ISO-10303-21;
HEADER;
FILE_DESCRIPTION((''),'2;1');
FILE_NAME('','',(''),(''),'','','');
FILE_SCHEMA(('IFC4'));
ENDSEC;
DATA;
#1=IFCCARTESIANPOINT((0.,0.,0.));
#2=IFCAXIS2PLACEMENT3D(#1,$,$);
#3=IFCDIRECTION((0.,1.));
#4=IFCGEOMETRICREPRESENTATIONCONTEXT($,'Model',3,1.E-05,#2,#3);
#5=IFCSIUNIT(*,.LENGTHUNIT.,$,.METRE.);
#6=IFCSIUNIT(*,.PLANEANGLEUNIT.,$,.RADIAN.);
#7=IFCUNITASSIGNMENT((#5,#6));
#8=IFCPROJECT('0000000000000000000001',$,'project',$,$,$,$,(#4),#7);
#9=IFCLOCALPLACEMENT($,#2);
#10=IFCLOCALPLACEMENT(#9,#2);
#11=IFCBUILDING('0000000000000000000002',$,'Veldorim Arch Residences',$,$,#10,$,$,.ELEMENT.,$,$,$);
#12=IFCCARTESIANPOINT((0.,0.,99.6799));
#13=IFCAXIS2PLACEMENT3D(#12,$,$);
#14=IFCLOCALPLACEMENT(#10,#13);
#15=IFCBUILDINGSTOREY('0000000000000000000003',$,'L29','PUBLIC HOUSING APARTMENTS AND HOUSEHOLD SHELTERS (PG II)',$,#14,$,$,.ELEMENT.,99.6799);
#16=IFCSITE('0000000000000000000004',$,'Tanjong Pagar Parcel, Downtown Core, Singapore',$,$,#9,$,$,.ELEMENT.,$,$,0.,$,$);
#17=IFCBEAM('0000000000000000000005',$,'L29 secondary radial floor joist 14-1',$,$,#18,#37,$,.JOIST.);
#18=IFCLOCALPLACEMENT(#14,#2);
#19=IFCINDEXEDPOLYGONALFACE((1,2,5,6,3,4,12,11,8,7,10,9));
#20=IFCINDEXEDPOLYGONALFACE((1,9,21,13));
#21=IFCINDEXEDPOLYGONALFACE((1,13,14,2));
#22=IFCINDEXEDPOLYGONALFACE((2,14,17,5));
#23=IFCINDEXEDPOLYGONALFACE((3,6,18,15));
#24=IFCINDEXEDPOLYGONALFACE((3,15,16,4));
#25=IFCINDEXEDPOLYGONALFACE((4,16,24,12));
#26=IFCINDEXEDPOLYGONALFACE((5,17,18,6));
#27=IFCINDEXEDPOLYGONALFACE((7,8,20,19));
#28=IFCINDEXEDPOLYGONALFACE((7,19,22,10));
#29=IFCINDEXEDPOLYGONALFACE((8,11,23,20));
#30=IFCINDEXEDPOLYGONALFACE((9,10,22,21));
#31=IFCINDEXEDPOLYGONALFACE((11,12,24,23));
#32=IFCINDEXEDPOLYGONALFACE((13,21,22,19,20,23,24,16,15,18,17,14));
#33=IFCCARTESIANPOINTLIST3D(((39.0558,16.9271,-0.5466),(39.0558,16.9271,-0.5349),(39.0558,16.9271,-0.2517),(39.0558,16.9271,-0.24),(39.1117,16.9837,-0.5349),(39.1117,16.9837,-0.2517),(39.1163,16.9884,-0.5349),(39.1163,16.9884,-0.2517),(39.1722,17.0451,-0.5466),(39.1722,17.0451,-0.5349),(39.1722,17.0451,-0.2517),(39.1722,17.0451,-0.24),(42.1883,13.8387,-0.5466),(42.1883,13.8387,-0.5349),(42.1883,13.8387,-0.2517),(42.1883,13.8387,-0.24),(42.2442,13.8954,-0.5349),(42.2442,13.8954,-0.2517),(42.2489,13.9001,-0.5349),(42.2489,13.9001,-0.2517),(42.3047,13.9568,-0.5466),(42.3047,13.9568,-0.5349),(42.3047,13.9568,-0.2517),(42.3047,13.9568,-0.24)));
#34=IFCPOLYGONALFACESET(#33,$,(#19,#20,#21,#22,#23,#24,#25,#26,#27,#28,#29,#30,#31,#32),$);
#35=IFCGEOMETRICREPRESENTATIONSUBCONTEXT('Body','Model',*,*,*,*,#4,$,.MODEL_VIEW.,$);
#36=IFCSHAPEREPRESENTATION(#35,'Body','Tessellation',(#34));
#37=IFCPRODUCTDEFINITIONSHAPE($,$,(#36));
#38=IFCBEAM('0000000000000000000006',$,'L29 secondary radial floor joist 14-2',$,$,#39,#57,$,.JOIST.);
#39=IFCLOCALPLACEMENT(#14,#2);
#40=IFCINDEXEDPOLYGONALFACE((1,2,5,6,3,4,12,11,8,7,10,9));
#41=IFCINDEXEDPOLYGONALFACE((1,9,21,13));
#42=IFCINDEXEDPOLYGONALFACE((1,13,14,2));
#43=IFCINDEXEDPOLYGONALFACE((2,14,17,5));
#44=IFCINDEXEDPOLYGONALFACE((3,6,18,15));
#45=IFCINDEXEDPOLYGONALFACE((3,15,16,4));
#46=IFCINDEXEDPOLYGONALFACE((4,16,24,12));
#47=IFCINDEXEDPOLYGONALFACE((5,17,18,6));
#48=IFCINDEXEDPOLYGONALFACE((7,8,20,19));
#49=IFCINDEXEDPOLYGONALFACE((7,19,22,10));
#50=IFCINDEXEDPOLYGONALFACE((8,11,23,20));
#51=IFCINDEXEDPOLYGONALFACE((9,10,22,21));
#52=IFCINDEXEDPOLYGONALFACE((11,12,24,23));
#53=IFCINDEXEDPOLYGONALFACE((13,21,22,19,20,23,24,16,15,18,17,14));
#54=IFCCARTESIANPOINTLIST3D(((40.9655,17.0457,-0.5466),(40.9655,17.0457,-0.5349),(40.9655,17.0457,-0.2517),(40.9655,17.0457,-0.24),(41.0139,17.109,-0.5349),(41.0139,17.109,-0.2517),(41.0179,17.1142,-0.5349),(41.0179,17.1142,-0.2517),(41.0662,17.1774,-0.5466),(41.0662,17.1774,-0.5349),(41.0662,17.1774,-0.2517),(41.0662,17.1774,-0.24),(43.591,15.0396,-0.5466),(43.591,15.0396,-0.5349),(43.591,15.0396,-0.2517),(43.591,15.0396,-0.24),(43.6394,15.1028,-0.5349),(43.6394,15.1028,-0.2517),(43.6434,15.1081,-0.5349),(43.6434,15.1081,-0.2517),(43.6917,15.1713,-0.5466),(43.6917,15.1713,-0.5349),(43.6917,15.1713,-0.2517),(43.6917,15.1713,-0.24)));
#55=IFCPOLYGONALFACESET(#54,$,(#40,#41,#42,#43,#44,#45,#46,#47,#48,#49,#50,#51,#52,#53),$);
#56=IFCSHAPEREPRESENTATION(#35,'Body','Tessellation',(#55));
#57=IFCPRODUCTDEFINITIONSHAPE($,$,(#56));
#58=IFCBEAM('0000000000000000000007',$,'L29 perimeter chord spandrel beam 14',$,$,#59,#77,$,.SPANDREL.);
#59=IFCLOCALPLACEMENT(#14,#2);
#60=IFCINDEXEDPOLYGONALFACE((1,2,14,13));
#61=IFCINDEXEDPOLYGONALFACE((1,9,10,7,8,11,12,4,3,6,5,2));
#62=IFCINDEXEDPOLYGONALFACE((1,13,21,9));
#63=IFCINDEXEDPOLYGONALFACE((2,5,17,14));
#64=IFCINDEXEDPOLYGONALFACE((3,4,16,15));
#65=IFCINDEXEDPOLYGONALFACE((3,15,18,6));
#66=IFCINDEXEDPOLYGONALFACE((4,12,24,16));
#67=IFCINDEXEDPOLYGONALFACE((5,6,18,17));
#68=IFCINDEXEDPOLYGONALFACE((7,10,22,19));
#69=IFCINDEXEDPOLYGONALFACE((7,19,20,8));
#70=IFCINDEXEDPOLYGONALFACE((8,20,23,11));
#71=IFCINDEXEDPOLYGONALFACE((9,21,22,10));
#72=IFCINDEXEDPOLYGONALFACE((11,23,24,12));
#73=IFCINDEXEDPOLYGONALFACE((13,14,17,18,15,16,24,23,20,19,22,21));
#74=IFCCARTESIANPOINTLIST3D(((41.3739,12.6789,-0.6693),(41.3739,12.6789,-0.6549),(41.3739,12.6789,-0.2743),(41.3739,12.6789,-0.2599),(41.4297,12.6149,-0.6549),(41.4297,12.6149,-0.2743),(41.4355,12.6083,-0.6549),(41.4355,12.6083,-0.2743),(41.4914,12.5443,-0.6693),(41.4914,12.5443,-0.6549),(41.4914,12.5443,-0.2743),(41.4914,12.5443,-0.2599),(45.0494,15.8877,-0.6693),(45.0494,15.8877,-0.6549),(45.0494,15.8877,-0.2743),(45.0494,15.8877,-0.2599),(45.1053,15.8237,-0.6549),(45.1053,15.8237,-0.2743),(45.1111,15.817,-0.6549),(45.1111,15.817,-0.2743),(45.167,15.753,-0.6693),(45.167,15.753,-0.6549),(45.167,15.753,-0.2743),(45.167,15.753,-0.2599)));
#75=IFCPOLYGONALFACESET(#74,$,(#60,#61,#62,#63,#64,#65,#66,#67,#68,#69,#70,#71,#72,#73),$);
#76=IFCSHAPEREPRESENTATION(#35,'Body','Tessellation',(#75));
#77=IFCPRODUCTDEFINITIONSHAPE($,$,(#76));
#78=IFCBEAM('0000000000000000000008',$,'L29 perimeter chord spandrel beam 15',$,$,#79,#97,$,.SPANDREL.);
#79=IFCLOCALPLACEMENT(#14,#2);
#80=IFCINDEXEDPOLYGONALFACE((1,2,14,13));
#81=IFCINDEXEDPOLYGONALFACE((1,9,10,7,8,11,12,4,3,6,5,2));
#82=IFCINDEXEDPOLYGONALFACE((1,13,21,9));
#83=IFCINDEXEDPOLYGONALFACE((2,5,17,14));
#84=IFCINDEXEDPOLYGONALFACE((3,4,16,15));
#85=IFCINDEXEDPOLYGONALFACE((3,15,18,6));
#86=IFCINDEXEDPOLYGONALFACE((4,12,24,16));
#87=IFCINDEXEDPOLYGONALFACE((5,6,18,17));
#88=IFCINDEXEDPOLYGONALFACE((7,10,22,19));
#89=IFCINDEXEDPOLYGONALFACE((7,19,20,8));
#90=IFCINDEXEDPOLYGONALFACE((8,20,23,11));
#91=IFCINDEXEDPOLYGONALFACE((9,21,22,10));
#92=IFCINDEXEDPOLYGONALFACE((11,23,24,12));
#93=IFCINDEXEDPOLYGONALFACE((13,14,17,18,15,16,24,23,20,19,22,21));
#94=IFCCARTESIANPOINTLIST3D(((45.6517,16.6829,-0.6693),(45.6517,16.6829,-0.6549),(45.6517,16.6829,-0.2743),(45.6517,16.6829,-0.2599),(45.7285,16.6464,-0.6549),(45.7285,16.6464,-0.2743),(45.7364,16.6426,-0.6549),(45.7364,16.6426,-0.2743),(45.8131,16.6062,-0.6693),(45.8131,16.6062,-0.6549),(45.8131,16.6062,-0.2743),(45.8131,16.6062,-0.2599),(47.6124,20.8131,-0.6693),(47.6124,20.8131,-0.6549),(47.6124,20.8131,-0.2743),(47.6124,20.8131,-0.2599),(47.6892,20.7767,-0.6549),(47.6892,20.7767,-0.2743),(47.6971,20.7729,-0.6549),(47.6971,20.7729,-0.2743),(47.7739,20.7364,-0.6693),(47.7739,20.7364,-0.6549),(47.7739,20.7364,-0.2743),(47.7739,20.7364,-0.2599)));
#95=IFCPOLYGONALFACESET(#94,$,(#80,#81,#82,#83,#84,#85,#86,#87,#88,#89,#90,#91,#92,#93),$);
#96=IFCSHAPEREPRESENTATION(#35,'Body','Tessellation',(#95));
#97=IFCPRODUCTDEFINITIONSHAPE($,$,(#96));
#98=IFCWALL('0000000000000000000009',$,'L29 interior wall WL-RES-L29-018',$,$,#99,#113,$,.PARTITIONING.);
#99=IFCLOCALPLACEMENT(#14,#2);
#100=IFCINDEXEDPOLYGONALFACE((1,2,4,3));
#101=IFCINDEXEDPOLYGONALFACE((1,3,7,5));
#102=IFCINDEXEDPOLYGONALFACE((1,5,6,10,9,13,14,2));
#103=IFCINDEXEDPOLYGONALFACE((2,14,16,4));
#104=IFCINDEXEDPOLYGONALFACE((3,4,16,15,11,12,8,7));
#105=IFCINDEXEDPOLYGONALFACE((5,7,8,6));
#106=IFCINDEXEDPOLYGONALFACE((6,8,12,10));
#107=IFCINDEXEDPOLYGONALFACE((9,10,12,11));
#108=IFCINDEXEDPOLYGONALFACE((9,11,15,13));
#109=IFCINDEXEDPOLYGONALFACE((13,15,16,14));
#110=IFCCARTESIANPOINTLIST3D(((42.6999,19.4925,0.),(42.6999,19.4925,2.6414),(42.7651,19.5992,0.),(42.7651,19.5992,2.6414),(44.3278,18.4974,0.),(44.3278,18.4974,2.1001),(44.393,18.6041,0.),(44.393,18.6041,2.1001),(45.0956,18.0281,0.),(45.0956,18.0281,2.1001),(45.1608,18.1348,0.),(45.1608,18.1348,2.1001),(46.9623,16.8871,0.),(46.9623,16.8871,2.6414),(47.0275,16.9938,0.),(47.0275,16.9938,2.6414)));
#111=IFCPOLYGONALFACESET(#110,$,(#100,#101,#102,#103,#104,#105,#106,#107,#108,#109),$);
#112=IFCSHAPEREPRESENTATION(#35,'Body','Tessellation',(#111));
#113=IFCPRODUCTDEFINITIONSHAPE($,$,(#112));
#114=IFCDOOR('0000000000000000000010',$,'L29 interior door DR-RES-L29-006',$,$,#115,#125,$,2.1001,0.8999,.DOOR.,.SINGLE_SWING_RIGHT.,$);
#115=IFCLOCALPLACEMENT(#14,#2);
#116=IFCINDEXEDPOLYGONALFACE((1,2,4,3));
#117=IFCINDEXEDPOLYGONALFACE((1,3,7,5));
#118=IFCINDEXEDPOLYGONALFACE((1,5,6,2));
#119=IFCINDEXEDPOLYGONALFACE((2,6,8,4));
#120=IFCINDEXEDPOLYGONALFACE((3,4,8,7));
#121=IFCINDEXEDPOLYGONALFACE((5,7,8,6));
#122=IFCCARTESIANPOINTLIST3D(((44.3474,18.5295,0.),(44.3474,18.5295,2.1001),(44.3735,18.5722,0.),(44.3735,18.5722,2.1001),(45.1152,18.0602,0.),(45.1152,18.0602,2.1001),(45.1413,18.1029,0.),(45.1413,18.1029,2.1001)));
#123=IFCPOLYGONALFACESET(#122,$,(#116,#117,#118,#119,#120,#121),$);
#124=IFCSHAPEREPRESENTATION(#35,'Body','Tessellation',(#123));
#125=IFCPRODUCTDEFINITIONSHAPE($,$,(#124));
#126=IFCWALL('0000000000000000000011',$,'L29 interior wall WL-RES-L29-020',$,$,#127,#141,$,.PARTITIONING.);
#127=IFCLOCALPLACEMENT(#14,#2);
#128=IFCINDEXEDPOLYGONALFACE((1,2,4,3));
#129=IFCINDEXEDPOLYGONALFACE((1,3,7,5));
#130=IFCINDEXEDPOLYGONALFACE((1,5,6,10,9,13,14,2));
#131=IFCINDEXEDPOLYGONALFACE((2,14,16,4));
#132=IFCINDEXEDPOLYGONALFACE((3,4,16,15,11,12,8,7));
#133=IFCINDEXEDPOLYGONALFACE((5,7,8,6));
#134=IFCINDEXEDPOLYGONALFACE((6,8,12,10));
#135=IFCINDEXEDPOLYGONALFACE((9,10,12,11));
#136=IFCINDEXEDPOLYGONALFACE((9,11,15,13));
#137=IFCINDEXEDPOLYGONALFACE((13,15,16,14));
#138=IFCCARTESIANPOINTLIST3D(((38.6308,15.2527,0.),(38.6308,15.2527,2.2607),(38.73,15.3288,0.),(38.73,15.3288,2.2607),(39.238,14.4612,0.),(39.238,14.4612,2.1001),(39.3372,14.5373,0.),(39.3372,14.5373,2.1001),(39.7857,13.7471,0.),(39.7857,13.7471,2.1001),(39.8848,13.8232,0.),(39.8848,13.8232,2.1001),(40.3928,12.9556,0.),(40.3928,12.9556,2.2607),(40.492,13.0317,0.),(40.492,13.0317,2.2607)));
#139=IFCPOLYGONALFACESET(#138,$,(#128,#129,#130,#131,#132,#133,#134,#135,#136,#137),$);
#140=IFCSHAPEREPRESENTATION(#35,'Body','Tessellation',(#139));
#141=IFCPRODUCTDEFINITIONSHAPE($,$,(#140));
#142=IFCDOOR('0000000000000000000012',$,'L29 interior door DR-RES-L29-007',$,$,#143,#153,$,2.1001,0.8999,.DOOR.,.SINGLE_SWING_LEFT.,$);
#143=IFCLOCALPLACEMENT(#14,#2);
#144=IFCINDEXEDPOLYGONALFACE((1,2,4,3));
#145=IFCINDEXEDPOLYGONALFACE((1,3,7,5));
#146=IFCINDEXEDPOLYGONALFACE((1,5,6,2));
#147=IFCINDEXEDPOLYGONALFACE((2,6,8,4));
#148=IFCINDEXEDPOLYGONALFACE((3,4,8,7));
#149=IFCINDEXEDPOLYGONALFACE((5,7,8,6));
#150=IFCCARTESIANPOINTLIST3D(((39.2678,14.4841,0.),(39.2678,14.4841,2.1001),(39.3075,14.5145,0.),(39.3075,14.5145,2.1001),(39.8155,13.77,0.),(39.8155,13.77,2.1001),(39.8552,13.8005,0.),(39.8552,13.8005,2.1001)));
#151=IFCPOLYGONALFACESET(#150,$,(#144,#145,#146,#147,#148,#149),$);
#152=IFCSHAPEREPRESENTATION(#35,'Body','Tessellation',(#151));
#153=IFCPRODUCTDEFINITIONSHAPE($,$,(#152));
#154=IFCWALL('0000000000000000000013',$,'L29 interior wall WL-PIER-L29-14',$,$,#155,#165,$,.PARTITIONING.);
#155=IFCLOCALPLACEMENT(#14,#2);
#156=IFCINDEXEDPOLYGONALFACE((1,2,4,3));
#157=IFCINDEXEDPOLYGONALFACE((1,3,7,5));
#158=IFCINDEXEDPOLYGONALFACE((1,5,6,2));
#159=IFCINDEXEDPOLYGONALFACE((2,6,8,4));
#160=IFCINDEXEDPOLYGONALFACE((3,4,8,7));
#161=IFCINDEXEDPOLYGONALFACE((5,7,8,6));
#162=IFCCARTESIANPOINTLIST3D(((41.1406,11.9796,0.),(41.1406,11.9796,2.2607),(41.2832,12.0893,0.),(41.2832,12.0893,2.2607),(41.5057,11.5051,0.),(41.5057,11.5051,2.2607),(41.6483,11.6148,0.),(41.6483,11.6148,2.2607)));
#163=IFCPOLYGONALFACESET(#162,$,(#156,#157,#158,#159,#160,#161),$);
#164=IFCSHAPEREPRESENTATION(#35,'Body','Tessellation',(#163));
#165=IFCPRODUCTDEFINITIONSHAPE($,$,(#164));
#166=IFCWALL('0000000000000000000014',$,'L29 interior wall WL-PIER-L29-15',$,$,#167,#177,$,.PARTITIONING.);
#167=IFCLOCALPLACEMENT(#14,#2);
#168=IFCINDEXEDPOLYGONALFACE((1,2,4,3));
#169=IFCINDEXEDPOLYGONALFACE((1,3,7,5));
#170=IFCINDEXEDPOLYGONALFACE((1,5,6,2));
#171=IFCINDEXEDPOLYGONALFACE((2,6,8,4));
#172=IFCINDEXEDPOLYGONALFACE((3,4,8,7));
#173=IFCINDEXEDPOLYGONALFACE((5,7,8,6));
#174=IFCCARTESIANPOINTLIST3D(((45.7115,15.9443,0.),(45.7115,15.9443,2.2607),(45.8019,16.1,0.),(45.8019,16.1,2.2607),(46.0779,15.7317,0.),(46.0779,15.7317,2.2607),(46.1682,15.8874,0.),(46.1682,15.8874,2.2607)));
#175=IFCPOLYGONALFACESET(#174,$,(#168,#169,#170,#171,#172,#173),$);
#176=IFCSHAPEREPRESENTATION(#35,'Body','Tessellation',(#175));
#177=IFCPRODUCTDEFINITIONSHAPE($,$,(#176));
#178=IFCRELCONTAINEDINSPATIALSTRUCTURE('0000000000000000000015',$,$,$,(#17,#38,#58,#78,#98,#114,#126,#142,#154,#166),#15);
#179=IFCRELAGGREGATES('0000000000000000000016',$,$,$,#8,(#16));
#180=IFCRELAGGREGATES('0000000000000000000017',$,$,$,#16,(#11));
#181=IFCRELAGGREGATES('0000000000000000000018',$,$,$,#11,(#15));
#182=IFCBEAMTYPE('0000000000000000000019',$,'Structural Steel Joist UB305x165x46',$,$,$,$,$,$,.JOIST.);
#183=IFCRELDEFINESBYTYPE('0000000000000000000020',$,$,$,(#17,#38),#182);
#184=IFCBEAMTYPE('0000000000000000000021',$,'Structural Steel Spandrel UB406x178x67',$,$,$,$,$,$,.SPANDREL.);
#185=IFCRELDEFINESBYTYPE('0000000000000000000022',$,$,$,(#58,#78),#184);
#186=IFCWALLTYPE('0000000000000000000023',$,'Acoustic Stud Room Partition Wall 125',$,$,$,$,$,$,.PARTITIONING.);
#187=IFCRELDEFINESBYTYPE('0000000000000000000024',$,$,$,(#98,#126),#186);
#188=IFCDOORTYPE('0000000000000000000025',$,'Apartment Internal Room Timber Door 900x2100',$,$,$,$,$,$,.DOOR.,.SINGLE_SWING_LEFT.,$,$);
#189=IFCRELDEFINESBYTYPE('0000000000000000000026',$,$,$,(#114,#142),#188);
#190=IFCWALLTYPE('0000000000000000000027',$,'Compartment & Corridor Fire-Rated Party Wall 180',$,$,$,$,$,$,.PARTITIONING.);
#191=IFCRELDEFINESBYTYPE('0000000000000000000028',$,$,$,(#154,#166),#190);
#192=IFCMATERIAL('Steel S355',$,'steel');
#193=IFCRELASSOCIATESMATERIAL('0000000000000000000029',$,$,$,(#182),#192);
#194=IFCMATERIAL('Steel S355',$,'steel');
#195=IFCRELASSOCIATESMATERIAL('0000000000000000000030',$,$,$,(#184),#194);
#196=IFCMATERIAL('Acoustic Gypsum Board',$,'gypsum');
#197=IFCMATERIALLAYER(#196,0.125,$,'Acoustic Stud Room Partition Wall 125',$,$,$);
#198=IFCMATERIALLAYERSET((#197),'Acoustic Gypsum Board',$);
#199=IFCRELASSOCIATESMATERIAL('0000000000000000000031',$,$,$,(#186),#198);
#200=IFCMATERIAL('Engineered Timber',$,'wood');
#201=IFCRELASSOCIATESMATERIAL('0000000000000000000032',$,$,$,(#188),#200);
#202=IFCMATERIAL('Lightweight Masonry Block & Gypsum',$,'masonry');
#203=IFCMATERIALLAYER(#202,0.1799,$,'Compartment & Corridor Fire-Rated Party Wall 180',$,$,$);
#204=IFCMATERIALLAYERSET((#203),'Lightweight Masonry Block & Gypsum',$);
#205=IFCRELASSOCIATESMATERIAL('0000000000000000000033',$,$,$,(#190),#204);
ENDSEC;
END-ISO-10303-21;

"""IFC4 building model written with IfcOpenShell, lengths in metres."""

from ifc_helpers import new_model, si_unit, direction, frame, frame_2d, origin, origin_2d, place, context, subcontext, project, spatial, rectangle, i_section, extrude, material, layer, layer_set, material_profile, profile_set, type_object, element, fill, save


model = new_model("IFC4")

# Units and contexts
model_context = context("Model", 3, precision=1e-05, world=origin(), true_north=direction((0.0, 1.0)))
body_context = subcontext(model_context, "Body", "Model", "MODEL_VIEW")
ifc_project = project(units=[si_unit("LENGTHUNIT", "METRE"), si_unit("PLANEANGLEUNIT", "RADIAN")], contexts=[model_context])

# Site, building, storey
site_placement = place(None, origin())
site = spatial("IfcSite", under=ifc_project, at=site_placement, Name="Tanjong Pagar Parcel, Downtown Core, Singapore", CompositionType="ELEMENT", RefElevation=0.0)
building_placement = place(site_placement, origin())
building = spatial("IfcBuilding", under=site, at=building_placement, Name="Veldorim Arch Residences", CompositionType="ELEMENT")
storey_placement = place(building_placement, frame((0.0, 0.0, 99.6799)))
storey = spatial("IfcBuildingStorey", under=building, at=storey_placement, Name="L29", Description="PUBLIC HOUSING APARTMENTS AND HOUSEHOLD SHELTERS (PG II)", CompositionType="ELEMENT", Elevation=99.6799)

# Beams
ifc_material_1 = material(Name="Steel S355", Category="steel")
ifc_material_profile_1 = material_profile(ifc_material_1, i_section(OverallWidth=0.1658, OverallDepth=0.3066, WebThickness=0.0066, FlangeThickness=0.0117, at=origin_2d()), Name="UB305x165x46")
ifc_profile_set_1 = profile_set([ifc_material_profile_1], Name="Steel S355")
beam_type_1 = type_object("IfcBeamType", Name="Structural Steel Joist UB305x165x46", PredefinedType="JOIST", material=ifc_profile_set_1)
beam_1_placement = place(storey_placement, frame((39.114, 16.9861, -0.3933), z_axis=(0.712112, -0.702066, 0.0), x_axis=(0.702066, 0.712112, 0.0)))
element("IfcBeam", 1, at=beam_1_placement, inside=storey, type_object=beam_type_1, Name="L29 secondary radial floor joist 14-1", PredefinedType="JOIST", context=body_context, shape_type="SweptSolid", body=[
    extrude(i_section(OverallWidth=0.1658, OverallDepth=0.3066, WebThickness=0.0066, FlangeThickness=0.0117, at=origin_2d()), origin(), (0.0, 0.0, 1.0), 4.3989),
])
beam_2_placement = place(storey_placement, frame((41.0159, 17.1116, -0.3933), z_axis=(0.794595, -0.60714, 0.0), x_axis=(0.60714, 0.794595, 0.0)))
element("IfcBeam", 2, at=beam_2_placement, inside=storey, type_object=beam_type_1, Name="L29 secondary radial floor joist 14-2", PredefinedType="JOIST", context=body_context, shape_type="SweptSolid", body=[
    extrude(i_section(OverallWidth=0.1658, OverallDepth=0.3066, WebThickness=0.0066, FlangeThickness=0.0117, at=origin_2d()), origin(), (0.0, 0.0, 1.0), 3.3042),
])
ifc_material_2 = material(Name="Steel S355", Category="steel")
ifc_material_profile_2 = material_profile(ifc_material_2, i_section(OverallWidth=0.1787, OverallDepth=0.4094, WebThickness=0.0088, FlangeThickness=0.0144, at=origin_2d()), Name="UB406x178x67")
ifc_profile_set_2 = profile_set([ifc_material_profile_2], Name="Steel S355")
beam_type_2 = type_object("IfcBeamType", Name="Structural Steel Spandrel UB406x178x67", PredefinedType="SPANDREL", material=ifc_profile_set_2)
beam_3_placement = place(storey_placement, frame((41.4326, 12.6116, -0.4646), z_axis=(0.753323, 0.65765, 0.0), x_axis=(-0.65765, 0.753323, 0.0)))
element("IfcBeam", 3, at=beam_3_placement, inside=storey, type_object=beam_type_2, Name="L29 perimeter chord spandrel beam 14", PredefinedType="SPANDREL", context=body_context, shape_type="SweptSolid", body=[
    extrude(i_section(OverallWidth=0.1787, OverallDepth=0.4094, WebThickness=0.0088, FlangeThickness=0.0144, at=origin_2d()), origin(), (0.0, 0.0, 1.0), 4.8792),
])
beam_4_placement = place(storey_placement, frame((45.7324, 16.6445, -0.4646), z_axis=(0.428857, 0.903372, 0.0), x_axis=(-0.903372, 0.428857, 0.0)))
element("IfcBeam", 4, at=beam_4_placement, inside=storey, type_object=beam_type_2, Name="L29 perimeter chord spandrel beam 15", PredefinedType="SPANDREL", context=body_context, shape_type="SweptSolid", body=[
    extrude(i_section(OverallWidth=0.1787, OverallDepth=0.4094, WebThickness=0.0088, FlangeThickness=0.0144, at=origin_2d()), origin(), (0.0, 0.0, 1.0), 4.572),
])

# Walls, openings, doors
ifc_material_3 = material(Name="Acoustic Gypsum Board", Category="gypsum")
ifc_layer_1 = layer(ifc_material_3, 0.125, Name="Acoustic Stud Room Partition Wall 125")
ifc_layer_set_1 = layer_set([ifc_layer_1], Name="Acoustic Gypsum Board")
wall_type_1 = type_object("IfcWallType", Name="Acoustic Stud Room Partition Wall 125", PredefinedType="PARTITIONING", material=ifc_layer_set_1)
wall_1_placement = place(storey_placement, frame((46.9949, 16.9404, 0.0), z_axis=(0.0, 0.0, 1.0), x_axis=(-0.853225, 0.521543, 0.0)))
wall_1 = element("IfcWall", 5, at=wall_1_placement, inside=storey, type_object=wall_type_1, Name="L29 interior wall WL-RES-L29-018", PredefinedType="PARTITIONING", context=body_context, shape_type="SweptSolid", body=[
    extrude(rectangle(XDim=4.9956, YDim=0.125, at=frame_2d((2.4978, 0.0))), origin(), (0.0, 0.0, 1.0), 2.6414),
])
opening_1_placement = place(wall_1_placement, frame((2.1877, 0.0, 0.0)))
opening_1 = element("IfcOpeningElement", 6, at=opening_1_placement, cuts=wall_1, PredefinedType="OPENING", context=body_context, shape_type="SweptSolid", body=[
    extrude(rectangle(XDim=0.8999, YDim=2.1001, at=frame_2d((0.45, 1.05))), frame((0.0, 0.0725, 0.0), z_axis=(0.0, -1.0, 0.0), x_axis=(1.0, 0.0, 0.0)), (0.0, 0.0, 1.0), 0.145),
])
ifc_material_4 = material(Name="Engineered Timber", Category="wood")
door_type_1 = type_object("IfcDoorType", Name="Apartment Internal Room Timber Door 900x2100", OperationType="SINGLE_SWING_LEFT", PredefinedType="DOOR", material=ifc_material_4)
door_1_placement = place(opening_1_placement, origin())
door_1 = element("IfcDoor", 7, at=door_1_placement, inside=storey, type_object=door_type_1, Name="L29 interior door DR-RES-L29-006", OperationType="SINGLE_SWING_RIGHT", OverallHeight=2.1001, OverallWidth=0.8999, PredefinedType="DOOR", context=body_context, shape_type="SweptSolid", body=[
    extrude(rectangle(XDim=0.8999, YDim=2.1001, at=frame_2d((0.45, 1.05))), frame((0.0, 0.0249, 0.0), z_axis=(0.0, -1.0, 0.0), x_axis=(1.0, 0.0, 0.0)), (0.0, 0.0, 1.0), 0.05),
])
fill(opening_1, door_1)
wall_2_placement = place(storey_placement, frame((40.4424, 12.9937, 0.0), z_axis=(0.0, 0.0, 1.0), x_axis=(-0.608614, 0.793467, 0.0)))
wall_2 = element("IfcWall", 8, at=wall_2_placement, inside=storey, type_object=wall_type_1, Name="L29 interior wall WL-RES-L29-020", PredefinedType="PARTITIONING", context=body_context, shape_type="SweptSolid", body=[
    extrude(rectangle(XDim=2.895, YDim=0.125, at=frame_2d((1.4475, 0.0))), origin(), (0.0, 0.0, 1.0), 2.2607),
])
opening_2_placement = place(wall_2_placement, frame((0.9976, 0.0, 0.0)))
opening_2 = element("IfcOpeningElement", 9, at=opening_2_placement, cuts=wall_2, PredefinedType="OPENING", context=body_context, shape_type="SweptSolid", body=[
    extrude(rectangle(XDim=0.8999, YDim=2.1001, at=frame_2d((0.45, 1.05))), frame((0.0, 0.0725, 0.0), z_axis=(0.0, -1.0, 0.0), x_axis=(1.0, 0.0, 0.0)), (0.0, 0.0, 1.0), 0.145),
])
door_2_placement = place(opening_2_placement, origin())
door_2 = element("IfcDoor", 10, at=door_2_placement, inside=storey, type_object=door_type_1, Name="L29 interior door DR-RES-L29-007", OperationType="SINGLE_SWING_LEFT", OverallHeight=2.1001, OverallWidth=0.8999, PredefinedType="DOOR", context=body_context, shape_type="SweptSolid", body=[
    extrude(rectangle(XDim=0.8999, YDim=2.1001, at=frame_2d((0.45, 1.05))), frame((0.0, 0.0249, 0.0), z_axis=(0.0, -1.0, 0.0), x_axis=(1.0, 0.0, 0.0)), (0.0, 0.0, 1.0), 0.05),
])
fill(opening_2, door_2)

# Walls
ifc_material_5 = material(Name="Lightweight Masonry Block & Gypsum", Category="masonry")
ifc_layer_2 = layer(ifc_material_5, 0.1799, Name="Compartment & Corridor Fire-Rated Party Wall 180")
ifc_layer_set_2 = layer_set([ifc_layer_2], Name="Lightweight Masonry Block & Gypsum")
wall_type_2 = type_object("IfcWallType", Name="Compartment & Corridor Fire-Rated Party Wall 180", PredefinedType="PARTITIONING", material=ifc_layer_set_2)
wall_3_placement = place(storey_placement, frame((41.2119, 12.0344, 0.0), z_axis=(0.0, 0.0, 1.0), x_axis=(0.609809, -0.792548, 0.0)))
element("IfcWall", 11, at=wall_3_placement, inside=storey, type_object=wall_type_2, Name="L29 interior wall WL-PIER-L29-14", PredefinedType="PARTITIONING", context=body_context, shape_type="SweptSolid", body=[
    extrude(rectangle(XDim=0.5986, YDim=0.1799, at=frame_2d((0.2993, 0.0))), origin(), (0.0, 0.0, 1.0), 2.2607),
])
wall_4_placement = place(storey_placement, frame((45.7566, 16.0222, 0.0), z_axis=(0.0, 0.0, 1.0), x_axis=(0.864926, -0.501899, 0.0)))
element("IfcWall", 12, at=wall_4_placement, inside=storey, type_object=wall_type_2, Name="L29 interior wall WL-PIER-L29-15", PredefinedType="PARTITIONING", context=body_context, shape_type="SweptSolid", body=[
    extrude(rectangle(XDim=0.4236, YDim=0.1799, at=frame_2d((0.2119, 0.0))), origin(), (0.0, 0.0, 1.0), 2.2607),
])

save(model, "model.ifc")
